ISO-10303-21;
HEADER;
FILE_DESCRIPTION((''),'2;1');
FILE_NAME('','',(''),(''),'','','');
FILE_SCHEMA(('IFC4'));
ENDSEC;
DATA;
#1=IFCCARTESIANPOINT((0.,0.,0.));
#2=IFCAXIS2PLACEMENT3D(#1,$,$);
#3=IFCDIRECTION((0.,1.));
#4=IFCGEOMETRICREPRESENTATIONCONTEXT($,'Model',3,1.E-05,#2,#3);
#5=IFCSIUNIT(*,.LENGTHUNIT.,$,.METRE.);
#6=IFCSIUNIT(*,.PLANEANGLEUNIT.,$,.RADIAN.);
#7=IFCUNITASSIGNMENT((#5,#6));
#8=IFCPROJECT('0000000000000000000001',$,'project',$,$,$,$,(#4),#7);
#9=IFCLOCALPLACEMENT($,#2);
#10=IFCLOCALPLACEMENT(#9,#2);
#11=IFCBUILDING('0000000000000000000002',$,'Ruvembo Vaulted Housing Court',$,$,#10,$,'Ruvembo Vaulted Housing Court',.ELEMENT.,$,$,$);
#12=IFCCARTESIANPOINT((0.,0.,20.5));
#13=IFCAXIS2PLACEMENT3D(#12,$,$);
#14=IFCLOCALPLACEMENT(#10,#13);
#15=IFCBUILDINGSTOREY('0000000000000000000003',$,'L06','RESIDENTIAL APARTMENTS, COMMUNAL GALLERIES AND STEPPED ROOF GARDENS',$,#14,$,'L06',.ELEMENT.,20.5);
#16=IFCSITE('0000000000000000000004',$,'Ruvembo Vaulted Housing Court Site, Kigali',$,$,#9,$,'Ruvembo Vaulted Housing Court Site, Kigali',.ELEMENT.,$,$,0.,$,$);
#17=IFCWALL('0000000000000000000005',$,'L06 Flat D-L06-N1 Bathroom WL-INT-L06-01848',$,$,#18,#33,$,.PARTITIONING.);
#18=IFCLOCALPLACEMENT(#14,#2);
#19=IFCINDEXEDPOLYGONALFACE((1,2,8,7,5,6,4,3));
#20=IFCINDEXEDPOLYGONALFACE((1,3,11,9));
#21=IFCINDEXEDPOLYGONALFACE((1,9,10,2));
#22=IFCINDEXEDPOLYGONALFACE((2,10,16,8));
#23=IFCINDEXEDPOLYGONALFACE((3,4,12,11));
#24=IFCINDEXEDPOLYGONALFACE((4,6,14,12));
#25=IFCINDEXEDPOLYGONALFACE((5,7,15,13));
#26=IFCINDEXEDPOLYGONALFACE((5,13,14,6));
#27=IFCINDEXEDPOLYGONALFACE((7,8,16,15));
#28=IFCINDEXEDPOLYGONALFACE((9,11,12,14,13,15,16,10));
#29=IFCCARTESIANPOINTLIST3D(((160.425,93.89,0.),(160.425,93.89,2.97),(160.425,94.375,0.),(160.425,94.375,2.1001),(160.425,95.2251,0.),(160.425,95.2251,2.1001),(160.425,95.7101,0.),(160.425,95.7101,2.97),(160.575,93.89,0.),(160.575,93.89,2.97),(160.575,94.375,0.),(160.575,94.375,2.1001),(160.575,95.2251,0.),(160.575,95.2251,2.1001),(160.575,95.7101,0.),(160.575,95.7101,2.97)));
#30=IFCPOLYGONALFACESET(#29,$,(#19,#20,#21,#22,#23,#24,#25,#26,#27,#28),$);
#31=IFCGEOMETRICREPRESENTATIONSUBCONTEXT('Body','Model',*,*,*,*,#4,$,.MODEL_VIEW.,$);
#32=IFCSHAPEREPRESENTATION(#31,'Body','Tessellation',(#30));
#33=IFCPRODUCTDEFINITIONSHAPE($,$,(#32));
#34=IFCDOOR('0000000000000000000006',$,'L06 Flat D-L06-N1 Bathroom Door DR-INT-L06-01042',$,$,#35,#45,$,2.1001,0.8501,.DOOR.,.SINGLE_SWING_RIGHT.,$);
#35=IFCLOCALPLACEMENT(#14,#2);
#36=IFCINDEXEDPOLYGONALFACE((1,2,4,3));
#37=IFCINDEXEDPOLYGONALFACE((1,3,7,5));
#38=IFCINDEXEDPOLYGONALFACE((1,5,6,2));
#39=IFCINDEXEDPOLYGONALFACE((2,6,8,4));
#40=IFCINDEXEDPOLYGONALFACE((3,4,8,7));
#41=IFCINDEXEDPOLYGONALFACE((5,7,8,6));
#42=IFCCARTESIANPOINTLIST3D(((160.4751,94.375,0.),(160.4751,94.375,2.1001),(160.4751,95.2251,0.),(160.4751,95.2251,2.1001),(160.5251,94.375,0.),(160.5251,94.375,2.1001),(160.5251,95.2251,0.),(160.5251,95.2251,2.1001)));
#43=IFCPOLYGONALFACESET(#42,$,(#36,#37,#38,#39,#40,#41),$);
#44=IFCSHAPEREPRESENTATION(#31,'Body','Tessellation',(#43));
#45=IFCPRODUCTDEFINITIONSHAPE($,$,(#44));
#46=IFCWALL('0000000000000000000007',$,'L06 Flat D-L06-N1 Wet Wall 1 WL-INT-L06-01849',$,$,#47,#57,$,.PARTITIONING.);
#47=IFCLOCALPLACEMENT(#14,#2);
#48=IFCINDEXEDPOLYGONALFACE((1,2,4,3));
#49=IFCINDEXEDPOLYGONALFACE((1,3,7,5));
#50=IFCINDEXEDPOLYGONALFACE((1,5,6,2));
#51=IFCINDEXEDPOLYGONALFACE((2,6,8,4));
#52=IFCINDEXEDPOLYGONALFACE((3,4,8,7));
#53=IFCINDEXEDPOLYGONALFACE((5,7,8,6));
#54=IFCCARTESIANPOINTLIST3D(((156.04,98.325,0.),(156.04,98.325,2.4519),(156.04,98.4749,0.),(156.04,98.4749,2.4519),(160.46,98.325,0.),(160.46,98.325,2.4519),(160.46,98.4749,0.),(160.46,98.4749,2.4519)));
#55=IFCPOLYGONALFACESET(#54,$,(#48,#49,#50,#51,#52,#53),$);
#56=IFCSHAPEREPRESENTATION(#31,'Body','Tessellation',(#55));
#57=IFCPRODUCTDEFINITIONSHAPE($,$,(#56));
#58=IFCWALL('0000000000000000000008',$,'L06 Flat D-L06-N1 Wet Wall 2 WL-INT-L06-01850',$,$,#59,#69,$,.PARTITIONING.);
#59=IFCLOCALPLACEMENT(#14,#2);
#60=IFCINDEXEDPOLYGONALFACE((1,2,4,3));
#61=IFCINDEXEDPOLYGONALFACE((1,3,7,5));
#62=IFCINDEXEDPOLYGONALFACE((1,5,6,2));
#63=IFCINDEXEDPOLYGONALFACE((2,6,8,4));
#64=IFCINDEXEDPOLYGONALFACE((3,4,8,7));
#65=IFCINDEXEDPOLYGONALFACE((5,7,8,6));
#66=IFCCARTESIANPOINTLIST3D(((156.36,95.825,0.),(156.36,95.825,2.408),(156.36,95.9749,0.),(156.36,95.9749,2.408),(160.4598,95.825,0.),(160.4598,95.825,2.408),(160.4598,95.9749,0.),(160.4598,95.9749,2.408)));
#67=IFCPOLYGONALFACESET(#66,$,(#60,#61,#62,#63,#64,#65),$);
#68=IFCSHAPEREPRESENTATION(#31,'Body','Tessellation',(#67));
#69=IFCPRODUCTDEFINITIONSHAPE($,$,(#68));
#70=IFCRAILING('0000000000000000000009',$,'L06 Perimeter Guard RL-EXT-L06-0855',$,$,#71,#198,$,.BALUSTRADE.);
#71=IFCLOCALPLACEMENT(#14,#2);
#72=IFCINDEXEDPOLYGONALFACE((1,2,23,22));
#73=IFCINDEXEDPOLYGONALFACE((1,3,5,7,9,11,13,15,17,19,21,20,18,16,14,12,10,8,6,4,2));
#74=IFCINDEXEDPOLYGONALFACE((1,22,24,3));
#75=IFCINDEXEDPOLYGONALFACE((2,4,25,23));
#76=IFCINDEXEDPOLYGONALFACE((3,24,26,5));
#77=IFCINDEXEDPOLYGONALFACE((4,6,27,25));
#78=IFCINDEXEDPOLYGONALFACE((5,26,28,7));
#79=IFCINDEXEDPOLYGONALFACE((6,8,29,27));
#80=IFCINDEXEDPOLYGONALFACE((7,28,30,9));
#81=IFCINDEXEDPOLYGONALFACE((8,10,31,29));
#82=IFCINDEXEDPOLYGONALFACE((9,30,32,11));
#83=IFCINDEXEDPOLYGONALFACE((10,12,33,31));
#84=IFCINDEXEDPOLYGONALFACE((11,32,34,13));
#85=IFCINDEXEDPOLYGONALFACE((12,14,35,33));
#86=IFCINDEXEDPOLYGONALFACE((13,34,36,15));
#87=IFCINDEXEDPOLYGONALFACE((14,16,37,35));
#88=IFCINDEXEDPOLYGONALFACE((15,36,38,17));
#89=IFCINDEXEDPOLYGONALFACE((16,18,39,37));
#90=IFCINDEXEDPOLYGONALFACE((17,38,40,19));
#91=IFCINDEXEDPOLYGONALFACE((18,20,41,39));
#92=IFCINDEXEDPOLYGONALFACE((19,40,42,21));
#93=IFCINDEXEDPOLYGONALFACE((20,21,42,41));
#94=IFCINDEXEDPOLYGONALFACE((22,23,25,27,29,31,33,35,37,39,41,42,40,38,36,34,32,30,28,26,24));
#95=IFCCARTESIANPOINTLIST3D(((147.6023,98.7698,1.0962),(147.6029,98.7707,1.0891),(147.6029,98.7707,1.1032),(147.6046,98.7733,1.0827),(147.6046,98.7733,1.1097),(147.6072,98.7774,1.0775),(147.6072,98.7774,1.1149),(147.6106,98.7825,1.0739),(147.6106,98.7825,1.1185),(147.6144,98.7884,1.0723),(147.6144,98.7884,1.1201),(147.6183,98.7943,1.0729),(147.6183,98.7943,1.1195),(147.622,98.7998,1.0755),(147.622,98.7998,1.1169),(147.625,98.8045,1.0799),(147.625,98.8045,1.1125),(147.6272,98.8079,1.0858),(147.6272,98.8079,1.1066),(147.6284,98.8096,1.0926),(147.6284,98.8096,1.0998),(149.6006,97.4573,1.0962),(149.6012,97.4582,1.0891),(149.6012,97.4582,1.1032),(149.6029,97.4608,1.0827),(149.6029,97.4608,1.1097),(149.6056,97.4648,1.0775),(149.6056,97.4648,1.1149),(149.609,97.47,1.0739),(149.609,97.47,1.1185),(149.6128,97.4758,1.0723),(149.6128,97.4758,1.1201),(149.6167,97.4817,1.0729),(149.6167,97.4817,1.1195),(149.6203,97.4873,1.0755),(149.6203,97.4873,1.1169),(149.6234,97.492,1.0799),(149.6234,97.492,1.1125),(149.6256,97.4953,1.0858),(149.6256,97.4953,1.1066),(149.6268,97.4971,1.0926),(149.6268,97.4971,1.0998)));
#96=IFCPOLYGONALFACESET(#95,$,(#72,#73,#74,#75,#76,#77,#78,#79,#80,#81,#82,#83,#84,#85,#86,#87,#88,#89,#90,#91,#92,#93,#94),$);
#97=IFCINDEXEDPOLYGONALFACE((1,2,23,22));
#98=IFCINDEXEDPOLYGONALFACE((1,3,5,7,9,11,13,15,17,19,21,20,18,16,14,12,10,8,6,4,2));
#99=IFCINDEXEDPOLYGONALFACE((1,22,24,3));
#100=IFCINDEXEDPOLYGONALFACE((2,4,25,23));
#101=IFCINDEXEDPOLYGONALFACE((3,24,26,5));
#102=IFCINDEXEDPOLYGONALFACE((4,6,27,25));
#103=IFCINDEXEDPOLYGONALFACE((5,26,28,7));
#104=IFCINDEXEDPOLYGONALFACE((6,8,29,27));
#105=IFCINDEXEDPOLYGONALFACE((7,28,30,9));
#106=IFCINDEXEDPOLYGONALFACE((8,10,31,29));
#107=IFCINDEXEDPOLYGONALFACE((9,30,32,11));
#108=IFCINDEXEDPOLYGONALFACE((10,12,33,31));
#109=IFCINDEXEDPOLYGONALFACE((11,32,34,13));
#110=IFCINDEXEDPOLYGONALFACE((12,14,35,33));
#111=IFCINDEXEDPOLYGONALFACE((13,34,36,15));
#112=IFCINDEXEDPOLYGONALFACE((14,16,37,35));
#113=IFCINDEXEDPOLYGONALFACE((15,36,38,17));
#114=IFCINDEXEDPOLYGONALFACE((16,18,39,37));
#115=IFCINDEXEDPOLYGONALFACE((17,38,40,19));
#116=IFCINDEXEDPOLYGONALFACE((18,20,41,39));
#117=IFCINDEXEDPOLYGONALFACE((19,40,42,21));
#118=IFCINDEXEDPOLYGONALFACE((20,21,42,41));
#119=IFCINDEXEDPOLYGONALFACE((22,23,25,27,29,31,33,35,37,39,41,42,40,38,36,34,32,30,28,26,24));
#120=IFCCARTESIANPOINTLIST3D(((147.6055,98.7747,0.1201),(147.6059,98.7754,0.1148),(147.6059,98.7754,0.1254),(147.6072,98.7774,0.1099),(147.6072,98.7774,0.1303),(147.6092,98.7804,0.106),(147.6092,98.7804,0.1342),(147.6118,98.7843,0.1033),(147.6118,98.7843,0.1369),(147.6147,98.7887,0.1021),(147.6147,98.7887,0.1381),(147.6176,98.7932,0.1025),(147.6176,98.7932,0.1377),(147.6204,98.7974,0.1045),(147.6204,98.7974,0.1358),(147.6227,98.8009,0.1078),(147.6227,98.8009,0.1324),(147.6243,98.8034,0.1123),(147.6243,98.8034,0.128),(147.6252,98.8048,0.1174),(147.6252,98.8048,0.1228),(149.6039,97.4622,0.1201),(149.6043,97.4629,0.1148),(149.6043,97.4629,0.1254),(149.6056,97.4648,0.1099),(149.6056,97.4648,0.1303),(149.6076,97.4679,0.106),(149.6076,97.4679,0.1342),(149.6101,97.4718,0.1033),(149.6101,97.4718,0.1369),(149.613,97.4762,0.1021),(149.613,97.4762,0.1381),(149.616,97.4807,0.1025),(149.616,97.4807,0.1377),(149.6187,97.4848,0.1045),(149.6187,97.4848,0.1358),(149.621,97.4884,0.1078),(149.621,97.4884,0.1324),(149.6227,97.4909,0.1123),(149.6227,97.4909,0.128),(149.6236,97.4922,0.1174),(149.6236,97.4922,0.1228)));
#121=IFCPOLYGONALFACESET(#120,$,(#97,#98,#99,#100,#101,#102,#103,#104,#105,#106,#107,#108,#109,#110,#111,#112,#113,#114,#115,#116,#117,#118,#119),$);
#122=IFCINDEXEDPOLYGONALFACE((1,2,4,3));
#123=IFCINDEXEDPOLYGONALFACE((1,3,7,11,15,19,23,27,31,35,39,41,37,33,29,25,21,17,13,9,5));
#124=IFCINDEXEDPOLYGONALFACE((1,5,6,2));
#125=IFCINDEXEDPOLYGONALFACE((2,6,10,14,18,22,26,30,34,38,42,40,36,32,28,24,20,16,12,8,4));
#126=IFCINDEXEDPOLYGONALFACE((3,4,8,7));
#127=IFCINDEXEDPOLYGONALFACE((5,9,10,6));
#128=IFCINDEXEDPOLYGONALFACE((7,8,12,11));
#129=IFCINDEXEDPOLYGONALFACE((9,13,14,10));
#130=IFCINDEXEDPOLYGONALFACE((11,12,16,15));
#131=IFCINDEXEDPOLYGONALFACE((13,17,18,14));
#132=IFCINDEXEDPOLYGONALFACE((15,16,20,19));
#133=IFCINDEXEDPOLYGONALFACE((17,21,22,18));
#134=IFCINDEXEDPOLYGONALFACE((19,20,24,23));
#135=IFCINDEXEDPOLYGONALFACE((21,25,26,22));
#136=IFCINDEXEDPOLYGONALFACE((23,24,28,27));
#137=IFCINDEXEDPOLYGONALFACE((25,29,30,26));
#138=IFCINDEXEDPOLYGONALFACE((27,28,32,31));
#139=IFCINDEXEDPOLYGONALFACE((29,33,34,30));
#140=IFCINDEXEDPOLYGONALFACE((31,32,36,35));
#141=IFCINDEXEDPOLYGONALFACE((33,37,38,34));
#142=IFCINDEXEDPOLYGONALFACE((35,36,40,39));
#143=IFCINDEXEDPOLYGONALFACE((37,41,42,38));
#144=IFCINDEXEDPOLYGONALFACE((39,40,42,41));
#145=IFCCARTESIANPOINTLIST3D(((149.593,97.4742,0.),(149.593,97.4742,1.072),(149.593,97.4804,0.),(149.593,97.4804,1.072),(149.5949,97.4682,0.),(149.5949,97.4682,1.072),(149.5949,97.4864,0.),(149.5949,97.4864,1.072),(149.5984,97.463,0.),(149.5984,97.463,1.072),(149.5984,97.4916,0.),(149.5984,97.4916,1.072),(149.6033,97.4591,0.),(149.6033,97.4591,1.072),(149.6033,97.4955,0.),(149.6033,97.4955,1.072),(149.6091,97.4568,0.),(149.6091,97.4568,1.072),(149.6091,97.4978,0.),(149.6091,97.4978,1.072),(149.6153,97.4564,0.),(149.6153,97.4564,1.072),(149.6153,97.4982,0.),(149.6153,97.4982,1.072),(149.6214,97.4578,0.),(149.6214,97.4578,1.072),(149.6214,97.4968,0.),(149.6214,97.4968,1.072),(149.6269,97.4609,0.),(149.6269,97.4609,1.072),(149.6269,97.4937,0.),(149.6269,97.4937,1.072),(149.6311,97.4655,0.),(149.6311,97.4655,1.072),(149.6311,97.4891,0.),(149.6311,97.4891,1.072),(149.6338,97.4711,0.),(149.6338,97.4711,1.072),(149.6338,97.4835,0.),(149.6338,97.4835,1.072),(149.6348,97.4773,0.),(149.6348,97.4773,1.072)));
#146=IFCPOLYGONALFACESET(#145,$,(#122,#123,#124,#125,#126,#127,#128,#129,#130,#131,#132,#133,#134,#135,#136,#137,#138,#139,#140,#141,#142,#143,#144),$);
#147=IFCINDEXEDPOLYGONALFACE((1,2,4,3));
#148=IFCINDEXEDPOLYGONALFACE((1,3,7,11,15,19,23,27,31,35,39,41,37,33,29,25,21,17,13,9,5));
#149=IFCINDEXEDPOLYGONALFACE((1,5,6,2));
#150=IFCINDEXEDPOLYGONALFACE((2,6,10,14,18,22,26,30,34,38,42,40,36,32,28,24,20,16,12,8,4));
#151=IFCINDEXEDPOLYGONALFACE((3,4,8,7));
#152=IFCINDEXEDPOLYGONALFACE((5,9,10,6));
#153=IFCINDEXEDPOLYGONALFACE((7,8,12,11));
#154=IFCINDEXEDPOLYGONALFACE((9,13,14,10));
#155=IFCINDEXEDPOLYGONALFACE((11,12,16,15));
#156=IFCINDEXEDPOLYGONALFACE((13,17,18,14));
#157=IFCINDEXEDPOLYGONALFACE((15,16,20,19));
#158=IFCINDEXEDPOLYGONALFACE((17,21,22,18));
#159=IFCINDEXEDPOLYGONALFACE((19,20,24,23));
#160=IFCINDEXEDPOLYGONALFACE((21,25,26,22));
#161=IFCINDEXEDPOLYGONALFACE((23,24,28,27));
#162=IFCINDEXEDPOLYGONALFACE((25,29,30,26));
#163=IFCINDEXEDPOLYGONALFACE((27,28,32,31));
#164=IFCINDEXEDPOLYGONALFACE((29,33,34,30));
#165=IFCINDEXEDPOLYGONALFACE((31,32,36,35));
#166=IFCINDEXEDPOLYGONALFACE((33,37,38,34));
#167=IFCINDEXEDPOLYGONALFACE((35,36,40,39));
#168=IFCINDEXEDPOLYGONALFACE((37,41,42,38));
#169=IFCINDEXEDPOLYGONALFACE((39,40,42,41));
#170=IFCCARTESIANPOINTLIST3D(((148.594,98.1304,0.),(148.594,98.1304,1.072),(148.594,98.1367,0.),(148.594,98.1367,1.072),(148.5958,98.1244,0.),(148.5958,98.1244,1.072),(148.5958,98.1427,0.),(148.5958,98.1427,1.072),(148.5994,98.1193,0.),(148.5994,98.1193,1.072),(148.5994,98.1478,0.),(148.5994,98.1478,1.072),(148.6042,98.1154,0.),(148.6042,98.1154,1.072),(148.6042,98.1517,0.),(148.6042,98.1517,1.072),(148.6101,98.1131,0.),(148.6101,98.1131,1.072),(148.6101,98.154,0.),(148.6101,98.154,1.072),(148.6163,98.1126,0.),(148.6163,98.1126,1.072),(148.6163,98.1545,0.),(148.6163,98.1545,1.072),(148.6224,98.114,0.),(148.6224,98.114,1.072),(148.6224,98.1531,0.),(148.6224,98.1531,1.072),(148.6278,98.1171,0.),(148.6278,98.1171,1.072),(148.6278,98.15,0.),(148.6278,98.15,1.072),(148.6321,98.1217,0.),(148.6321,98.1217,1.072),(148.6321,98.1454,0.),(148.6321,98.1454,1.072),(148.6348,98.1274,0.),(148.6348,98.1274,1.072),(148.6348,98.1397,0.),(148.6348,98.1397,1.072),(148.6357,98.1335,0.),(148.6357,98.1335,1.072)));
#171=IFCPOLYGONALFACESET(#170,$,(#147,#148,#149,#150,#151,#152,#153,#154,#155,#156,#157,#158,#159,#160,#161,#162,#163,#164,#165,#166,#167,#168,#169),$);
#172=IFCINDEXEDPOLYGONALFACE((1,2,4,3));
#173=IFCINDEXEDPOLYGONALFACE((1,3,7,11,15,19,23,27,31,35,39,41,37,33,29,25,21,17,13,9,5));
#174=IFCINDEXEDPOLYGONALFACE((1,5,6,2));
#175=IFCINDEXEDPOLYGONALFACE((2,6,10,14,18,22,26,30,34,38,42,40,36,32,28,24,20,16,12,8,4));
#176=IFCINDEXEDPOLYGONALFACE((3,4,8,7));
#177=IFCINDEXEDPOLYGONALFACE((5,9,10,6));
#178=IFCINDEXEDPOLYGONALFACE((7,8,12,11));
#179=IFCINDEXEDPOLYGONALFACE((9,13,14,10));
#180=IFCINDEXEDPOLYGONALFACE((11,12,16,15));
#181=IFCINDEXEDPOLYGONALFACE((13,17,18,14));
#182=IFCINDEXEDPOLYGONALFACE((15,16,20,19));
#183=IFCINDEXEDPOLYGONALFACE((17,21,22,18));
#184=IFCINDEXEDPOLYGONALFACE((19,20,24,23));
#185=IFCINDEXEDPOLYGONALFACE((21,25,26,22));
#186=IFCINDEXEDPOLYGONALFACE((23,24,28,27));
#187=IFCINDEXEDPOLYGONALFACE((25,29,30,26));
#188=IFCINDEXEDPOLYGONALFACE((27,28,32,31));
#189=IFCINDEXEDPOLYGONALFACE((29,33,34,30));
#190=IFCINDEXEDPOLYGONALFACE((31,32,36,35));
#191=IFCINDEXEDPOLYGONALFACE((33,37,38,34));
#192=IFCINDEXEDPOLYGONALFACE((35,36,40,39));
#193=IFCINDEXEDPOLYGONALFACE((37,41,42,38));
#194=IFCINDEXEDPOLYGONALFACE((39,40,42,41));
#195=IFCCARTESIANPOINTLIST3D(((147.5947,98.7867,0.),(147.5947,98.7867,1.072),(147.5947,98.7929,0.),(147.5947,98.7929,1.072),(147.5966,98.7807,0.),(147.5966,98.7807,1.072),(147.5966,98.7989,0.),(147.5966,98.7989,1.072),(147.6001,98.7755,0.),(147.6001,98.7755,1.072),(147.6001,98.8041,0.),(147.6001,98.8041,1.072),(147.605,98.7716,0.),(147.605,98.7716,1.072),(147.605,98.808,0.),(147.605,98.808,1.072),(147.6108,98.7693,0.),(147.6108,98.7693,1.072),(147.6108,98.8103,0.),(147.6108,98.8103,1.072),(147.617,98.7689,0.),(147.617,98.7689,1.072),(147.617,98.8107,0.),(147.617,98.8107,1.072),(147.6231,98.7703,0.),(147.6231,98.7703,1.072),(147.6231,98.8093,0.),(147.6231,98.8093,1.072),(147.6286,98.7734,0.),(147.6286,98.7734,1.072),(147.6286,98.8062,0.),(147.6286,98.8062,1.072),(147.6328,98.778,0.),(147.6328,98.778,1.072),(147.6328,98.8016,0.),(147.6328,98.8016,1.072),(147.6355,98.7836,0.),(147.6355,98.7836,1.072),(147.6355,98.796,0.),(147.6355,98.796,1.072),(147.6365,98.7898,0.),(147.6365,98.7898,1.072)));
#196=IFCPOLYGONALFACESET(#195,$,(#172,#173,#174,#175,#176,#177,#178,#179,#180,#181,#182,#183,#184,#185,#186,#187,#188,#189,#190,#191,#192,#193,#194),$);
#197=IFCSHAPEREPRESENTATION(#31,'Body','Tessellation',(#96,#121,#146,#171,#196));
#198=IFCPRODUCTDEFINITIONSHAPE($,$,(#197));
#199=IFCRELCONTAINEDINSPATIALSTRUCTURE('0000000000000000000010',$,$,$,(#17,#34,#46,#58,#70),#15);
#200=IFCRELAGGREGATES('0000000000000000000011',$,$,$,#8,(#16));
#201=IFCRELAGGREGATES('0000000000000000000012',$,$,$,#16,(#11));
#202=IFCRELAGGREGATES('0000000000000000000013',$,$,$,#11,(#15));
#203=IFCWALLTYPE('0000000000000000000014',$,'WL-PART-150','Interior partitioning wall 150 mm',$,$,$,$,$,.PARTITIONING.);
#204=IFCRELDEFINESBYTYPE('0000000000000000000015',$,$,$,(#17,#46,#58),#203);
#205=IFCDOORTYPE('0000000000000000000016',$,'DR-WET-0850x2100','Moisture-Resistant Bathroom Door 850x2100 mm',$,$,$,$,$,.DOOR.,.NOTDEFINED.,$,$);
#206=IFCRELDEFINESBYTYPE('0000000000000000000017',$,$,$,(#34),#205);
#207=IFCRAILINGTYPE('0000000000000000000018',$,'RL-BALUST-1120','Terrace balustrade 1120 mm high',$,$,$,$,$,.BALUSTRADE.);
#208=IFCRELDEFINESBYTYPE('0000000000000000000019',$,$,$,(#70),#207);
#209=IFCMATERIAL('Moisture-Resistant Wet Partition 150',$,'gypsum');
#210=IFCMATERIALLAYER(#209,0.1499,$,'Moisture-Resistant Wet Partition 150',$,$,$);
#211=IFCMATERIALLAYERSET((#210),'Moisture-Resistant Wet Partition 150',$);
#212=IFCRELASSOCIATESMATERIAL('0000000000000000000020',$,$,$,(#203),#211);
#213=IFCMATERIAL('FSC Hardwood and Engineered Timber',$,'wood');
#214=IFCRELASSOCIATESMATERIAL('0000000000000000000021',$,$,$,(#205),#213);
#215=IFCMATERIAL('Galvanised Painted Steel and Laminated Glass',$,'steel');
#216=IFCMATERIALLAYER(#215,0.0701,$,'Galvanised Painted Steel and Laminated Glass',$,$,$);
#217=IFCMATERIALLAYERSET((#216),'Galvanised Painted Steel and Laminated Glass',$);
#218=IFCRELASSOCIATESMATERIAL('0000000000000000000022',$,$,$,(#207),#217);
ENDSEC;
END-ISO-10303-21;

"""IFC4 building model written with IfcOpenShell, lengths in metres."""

from ifc_helpers import new_model, si_unit, direction, frame, frame_2d, origin, origin_2d, place, context, subcontext, project, spatial, rectangle, circle, extrude, material, layer, layer_set, type_object, element, fill, save


model = new_model("IFC4")

# Units and contexts
model_context = context("Model", 3, precision=1e-05, world=origin(), true_north=direction((0.0, 1.0)))
body_context = subcontext(model_context, "Body", "Model", "MODEL_VIEW")
ifc_project = project(units=[si_unit("LENGTHUNIT", "METRE"), si_unit("PLANEANGLEUNIT", "RADIAN")], contexts=[model_context])

# Site, building, storey
site_placement = place(None, origin())
site = spatial("IfcSite", under=ifc_project, at=site_placement, Name="Ruvembo Vaulted Housing Court Site, Kigali", LongName="Ruvembo Vaulted Housing Court Site, Kigali", CompositionType="ELEMENT", RefElevation=0.0)
building_placement = place(site_placement, origin())
building = spatial("IfcBuilding", under=site, at=building_placement, Name="Ruvembo Vaulted Housing Court", LongName="Ruvembo Vaulted Housing Court", CompositionType="ELEMENT")
storey_placement = place(building_placement, frame((0.0, 0.0, 20.5)))
storey = spatial("IfcBuildingStorey", under=building, at=storey_placement, Name="L06", Description="RESIDENTIAL APARTMENTS, COMMUNAL GALLERIES AND STEPPED ROOF GARDENS", LongName="L06", CompositionType="ELEMENT", Elevation=20.5)

# Wall, opening, door
ifc_material_1 = material(Name="Moisture-Resistant Wet Partition 150", Category="gypsum")
ifc_layer_1 = layer(ifc_material_1, 0.1499, Name="Moisture-Resistant Wet Partition 150")
ifc_layer_set_1 = layer_set([ifc_layer_1], Name="Moisture-Resistant Wet Partition 150")
wall_type_1 = type_object("IfcWallType", Name="WL-PART-150", Description="Interior partitioning wall 150 mm", PredefinedType="PARTITIONING", material=ifc_layer_set_1)
wall_1_placement = place(storey_placement, frame((160.5, 93.8899, 0.0), z_axis=(0.0, 0.0, 1.0), x_axis=(0.0, 1.0, 0.0)))
wall_1 = element("IfcWall", 1, at=wall_1_placement, inside=storey, type_object=wall_type_1, Name="L06 Flat D-L06-N1 Bathroom WL-INT-L06-01848", PredefinedType="PARTITIONING", context=body_context, shape_type="SweptSolid", body=[
    extrude(rectangle(XDim=1.8201, YDim=0.1499, at=frame_2d((0.9102, 0.0))), origin(), (0.0, 0.0, 1.0), 2.97),
])
opening_1_placement = place(wall_1_placement, frame((0.4851, 0.0, 0.0)))
opening_1 = element("IfcOpeningElement", 2, at=opening_1_placement, cuts=wall_1, PredefinedType="OPENING", context=body_context, shape_type="SweptSolid", body=[
    extrude(rectangle(XDim=0.8501, YDim=2.1001, at=frame_2d((0.425, 1.05))), frame((0.0, 0.085, 0.0), z_axis=(0.0, -1.0, 0.0), x_axis=(1.0, 0.0, 0.0)), (0.0, 0.0, 1.0), 0.1699),
])
ifc_material_2 = material(Name="FSC Hardwood and Engineered Timber", Category="wood")
door_type = type_object("IfcDoorType", Name="DR-WET-0850x2100", Description="Moisture-Resistant Bathroom Door 850x2100 mm", OperationType="NOTDEFINED", PredefinedType="DOOR", material=ifc_material_2)
door_placement = place(opening_1_placement, origin())
door = element("IfcDoor", 3, at=door_placement, inside=storey, type_object=door_type, Name="L06 Flat D-L06-N1 Bathroom Door DR-INT-L06-01042", OperationType="SINGLE_SWING_RIGHT", OverallHeight=2.1001, OverallWidth=0.8501, PredefinedType="DOOR", context=body_context, shape_type="SweptSolid", body=[
    extrude(rectangle(XDim=0.8501, YDim=2.1001, at=frame_2d((0.425, 1.05))), frame((0.0, 0.0249, 0.0), z_axis=(0.0, -1.0, 0.0), x_axis=(1.0, 0.0, 0.0)), (0.0, 0.0, 1.0), 0.05),
])
fill(opening_1, door)

# Walls
wall_2_placement = place(storey_placement, frame((156.04, 98.3999, 0.0), z_axis=(0.0, 0.0, 1.0), x_axis=(1.0, 0.0, 0.0)))
element("IfcWall", 4, at=wall_2_placement, inside=storey, type_object=wall_type_1, Name="L06 Flat D-L06-N1 Wet Wall 1 WL-INT-L06-01849", PredefinedType="PARTITIONING", context=body_context, shape_type="SweptSolid", body=[
    extrude(rectangle(XDim=4.4199, YDim=0.1499, at=frame_2d((2.21, 0.0))), origin(), (0.0, 0.0, 1.0), 2.4519),
])
wall_3_placement = place(storey_placement, frame((156.3601, 95.8999, 0.0), z_axis=(0.0, 0.0, 1.0), x_axis=(1.0, 0.0, 0.0)))
element("IfcWall", 5, at=wall_3_placement, inside=storey, type_object=wall_type_1, Name="L06 Flat D-L06-N1 Wet Wall 2 WL-INT-L06-01850", PredefinedType="PARTITIONING", context=body_context, shape_type="SweptSolid", body=[
    extrude(rectangle(XDim=4.0999, YDim=0.1499, at=frame_2d((2.0498, 0.0))), origin(), (0.0, 0.0, 1.0), 2.408),
])

# Railing
ifc_material_3 = material(Name="Galvanised Painted Steel and Laminated Glass", Category="steel")
ifc_layer_2 = layer(ifc_material_3, 0.0701, Name="Galvanised Painted Steel and Laminated Glass")
ifc_layer_set_2 = layer_set([ifc_layer_2], Name="Galvanised Painted Steel and Laminated Glass")
railing_type = type_object("IfcRailingType", Name="RL-BALUST-1120", Description="Terrace balustrade 1120 mm high", PredefinedType="BALUSTRADE", material=ifc_layer_set_2)
railing_1_placement = place(storey_placement, frame((149.6138, 97.4773, 0.0)))
element("IfcRailing", 6, at=railing_1_placement, inside=storey, type_object=railing_type, Name="L06 Perimeter Guard RL-EXT-L06-0855", PredefinedType="BALUSTRADE", context=body_context, shape_type="SweptSolid", body=[
    extrude(circle(Radius=0.0239, at=origin_2d()), frame((0.0, 0.0, 1.0962), z_axis=(-0.835833, 0.548984, 0.0), x_axis=(-0.548984, -0.835833, 0.0)), (0.0, 0.0, 1.0), 2.3909),
    extrude(circle(Radius=0.0181, at=origin_2d()), frame((0.0, 0.0, 0.1201), z_axis=(-0.835833, 0.548984, 0.0), x_axis=(-0.548984, -0.835833, 0.0)), (0.0, 0.0, 1.0), 2.3909),
    extrude(circle(Radius=0.021, at=origin_2d()), origin(), (0.0, 0.0, 1.0), 1.072),
    extrude(circle(Radius=0.021, at=origin_2d()), frame((-0.999, 0.6562, 0.0)), (0.0, 0.0, 1.0), 1.072),
    extrude(circle(Radius=0.021, at=origin_2d()), frame((-1.9983, 1.3125, 0.0)), (0.0, 0.0, 1.0), 1.072),
])

save(model, "model.ifc")
